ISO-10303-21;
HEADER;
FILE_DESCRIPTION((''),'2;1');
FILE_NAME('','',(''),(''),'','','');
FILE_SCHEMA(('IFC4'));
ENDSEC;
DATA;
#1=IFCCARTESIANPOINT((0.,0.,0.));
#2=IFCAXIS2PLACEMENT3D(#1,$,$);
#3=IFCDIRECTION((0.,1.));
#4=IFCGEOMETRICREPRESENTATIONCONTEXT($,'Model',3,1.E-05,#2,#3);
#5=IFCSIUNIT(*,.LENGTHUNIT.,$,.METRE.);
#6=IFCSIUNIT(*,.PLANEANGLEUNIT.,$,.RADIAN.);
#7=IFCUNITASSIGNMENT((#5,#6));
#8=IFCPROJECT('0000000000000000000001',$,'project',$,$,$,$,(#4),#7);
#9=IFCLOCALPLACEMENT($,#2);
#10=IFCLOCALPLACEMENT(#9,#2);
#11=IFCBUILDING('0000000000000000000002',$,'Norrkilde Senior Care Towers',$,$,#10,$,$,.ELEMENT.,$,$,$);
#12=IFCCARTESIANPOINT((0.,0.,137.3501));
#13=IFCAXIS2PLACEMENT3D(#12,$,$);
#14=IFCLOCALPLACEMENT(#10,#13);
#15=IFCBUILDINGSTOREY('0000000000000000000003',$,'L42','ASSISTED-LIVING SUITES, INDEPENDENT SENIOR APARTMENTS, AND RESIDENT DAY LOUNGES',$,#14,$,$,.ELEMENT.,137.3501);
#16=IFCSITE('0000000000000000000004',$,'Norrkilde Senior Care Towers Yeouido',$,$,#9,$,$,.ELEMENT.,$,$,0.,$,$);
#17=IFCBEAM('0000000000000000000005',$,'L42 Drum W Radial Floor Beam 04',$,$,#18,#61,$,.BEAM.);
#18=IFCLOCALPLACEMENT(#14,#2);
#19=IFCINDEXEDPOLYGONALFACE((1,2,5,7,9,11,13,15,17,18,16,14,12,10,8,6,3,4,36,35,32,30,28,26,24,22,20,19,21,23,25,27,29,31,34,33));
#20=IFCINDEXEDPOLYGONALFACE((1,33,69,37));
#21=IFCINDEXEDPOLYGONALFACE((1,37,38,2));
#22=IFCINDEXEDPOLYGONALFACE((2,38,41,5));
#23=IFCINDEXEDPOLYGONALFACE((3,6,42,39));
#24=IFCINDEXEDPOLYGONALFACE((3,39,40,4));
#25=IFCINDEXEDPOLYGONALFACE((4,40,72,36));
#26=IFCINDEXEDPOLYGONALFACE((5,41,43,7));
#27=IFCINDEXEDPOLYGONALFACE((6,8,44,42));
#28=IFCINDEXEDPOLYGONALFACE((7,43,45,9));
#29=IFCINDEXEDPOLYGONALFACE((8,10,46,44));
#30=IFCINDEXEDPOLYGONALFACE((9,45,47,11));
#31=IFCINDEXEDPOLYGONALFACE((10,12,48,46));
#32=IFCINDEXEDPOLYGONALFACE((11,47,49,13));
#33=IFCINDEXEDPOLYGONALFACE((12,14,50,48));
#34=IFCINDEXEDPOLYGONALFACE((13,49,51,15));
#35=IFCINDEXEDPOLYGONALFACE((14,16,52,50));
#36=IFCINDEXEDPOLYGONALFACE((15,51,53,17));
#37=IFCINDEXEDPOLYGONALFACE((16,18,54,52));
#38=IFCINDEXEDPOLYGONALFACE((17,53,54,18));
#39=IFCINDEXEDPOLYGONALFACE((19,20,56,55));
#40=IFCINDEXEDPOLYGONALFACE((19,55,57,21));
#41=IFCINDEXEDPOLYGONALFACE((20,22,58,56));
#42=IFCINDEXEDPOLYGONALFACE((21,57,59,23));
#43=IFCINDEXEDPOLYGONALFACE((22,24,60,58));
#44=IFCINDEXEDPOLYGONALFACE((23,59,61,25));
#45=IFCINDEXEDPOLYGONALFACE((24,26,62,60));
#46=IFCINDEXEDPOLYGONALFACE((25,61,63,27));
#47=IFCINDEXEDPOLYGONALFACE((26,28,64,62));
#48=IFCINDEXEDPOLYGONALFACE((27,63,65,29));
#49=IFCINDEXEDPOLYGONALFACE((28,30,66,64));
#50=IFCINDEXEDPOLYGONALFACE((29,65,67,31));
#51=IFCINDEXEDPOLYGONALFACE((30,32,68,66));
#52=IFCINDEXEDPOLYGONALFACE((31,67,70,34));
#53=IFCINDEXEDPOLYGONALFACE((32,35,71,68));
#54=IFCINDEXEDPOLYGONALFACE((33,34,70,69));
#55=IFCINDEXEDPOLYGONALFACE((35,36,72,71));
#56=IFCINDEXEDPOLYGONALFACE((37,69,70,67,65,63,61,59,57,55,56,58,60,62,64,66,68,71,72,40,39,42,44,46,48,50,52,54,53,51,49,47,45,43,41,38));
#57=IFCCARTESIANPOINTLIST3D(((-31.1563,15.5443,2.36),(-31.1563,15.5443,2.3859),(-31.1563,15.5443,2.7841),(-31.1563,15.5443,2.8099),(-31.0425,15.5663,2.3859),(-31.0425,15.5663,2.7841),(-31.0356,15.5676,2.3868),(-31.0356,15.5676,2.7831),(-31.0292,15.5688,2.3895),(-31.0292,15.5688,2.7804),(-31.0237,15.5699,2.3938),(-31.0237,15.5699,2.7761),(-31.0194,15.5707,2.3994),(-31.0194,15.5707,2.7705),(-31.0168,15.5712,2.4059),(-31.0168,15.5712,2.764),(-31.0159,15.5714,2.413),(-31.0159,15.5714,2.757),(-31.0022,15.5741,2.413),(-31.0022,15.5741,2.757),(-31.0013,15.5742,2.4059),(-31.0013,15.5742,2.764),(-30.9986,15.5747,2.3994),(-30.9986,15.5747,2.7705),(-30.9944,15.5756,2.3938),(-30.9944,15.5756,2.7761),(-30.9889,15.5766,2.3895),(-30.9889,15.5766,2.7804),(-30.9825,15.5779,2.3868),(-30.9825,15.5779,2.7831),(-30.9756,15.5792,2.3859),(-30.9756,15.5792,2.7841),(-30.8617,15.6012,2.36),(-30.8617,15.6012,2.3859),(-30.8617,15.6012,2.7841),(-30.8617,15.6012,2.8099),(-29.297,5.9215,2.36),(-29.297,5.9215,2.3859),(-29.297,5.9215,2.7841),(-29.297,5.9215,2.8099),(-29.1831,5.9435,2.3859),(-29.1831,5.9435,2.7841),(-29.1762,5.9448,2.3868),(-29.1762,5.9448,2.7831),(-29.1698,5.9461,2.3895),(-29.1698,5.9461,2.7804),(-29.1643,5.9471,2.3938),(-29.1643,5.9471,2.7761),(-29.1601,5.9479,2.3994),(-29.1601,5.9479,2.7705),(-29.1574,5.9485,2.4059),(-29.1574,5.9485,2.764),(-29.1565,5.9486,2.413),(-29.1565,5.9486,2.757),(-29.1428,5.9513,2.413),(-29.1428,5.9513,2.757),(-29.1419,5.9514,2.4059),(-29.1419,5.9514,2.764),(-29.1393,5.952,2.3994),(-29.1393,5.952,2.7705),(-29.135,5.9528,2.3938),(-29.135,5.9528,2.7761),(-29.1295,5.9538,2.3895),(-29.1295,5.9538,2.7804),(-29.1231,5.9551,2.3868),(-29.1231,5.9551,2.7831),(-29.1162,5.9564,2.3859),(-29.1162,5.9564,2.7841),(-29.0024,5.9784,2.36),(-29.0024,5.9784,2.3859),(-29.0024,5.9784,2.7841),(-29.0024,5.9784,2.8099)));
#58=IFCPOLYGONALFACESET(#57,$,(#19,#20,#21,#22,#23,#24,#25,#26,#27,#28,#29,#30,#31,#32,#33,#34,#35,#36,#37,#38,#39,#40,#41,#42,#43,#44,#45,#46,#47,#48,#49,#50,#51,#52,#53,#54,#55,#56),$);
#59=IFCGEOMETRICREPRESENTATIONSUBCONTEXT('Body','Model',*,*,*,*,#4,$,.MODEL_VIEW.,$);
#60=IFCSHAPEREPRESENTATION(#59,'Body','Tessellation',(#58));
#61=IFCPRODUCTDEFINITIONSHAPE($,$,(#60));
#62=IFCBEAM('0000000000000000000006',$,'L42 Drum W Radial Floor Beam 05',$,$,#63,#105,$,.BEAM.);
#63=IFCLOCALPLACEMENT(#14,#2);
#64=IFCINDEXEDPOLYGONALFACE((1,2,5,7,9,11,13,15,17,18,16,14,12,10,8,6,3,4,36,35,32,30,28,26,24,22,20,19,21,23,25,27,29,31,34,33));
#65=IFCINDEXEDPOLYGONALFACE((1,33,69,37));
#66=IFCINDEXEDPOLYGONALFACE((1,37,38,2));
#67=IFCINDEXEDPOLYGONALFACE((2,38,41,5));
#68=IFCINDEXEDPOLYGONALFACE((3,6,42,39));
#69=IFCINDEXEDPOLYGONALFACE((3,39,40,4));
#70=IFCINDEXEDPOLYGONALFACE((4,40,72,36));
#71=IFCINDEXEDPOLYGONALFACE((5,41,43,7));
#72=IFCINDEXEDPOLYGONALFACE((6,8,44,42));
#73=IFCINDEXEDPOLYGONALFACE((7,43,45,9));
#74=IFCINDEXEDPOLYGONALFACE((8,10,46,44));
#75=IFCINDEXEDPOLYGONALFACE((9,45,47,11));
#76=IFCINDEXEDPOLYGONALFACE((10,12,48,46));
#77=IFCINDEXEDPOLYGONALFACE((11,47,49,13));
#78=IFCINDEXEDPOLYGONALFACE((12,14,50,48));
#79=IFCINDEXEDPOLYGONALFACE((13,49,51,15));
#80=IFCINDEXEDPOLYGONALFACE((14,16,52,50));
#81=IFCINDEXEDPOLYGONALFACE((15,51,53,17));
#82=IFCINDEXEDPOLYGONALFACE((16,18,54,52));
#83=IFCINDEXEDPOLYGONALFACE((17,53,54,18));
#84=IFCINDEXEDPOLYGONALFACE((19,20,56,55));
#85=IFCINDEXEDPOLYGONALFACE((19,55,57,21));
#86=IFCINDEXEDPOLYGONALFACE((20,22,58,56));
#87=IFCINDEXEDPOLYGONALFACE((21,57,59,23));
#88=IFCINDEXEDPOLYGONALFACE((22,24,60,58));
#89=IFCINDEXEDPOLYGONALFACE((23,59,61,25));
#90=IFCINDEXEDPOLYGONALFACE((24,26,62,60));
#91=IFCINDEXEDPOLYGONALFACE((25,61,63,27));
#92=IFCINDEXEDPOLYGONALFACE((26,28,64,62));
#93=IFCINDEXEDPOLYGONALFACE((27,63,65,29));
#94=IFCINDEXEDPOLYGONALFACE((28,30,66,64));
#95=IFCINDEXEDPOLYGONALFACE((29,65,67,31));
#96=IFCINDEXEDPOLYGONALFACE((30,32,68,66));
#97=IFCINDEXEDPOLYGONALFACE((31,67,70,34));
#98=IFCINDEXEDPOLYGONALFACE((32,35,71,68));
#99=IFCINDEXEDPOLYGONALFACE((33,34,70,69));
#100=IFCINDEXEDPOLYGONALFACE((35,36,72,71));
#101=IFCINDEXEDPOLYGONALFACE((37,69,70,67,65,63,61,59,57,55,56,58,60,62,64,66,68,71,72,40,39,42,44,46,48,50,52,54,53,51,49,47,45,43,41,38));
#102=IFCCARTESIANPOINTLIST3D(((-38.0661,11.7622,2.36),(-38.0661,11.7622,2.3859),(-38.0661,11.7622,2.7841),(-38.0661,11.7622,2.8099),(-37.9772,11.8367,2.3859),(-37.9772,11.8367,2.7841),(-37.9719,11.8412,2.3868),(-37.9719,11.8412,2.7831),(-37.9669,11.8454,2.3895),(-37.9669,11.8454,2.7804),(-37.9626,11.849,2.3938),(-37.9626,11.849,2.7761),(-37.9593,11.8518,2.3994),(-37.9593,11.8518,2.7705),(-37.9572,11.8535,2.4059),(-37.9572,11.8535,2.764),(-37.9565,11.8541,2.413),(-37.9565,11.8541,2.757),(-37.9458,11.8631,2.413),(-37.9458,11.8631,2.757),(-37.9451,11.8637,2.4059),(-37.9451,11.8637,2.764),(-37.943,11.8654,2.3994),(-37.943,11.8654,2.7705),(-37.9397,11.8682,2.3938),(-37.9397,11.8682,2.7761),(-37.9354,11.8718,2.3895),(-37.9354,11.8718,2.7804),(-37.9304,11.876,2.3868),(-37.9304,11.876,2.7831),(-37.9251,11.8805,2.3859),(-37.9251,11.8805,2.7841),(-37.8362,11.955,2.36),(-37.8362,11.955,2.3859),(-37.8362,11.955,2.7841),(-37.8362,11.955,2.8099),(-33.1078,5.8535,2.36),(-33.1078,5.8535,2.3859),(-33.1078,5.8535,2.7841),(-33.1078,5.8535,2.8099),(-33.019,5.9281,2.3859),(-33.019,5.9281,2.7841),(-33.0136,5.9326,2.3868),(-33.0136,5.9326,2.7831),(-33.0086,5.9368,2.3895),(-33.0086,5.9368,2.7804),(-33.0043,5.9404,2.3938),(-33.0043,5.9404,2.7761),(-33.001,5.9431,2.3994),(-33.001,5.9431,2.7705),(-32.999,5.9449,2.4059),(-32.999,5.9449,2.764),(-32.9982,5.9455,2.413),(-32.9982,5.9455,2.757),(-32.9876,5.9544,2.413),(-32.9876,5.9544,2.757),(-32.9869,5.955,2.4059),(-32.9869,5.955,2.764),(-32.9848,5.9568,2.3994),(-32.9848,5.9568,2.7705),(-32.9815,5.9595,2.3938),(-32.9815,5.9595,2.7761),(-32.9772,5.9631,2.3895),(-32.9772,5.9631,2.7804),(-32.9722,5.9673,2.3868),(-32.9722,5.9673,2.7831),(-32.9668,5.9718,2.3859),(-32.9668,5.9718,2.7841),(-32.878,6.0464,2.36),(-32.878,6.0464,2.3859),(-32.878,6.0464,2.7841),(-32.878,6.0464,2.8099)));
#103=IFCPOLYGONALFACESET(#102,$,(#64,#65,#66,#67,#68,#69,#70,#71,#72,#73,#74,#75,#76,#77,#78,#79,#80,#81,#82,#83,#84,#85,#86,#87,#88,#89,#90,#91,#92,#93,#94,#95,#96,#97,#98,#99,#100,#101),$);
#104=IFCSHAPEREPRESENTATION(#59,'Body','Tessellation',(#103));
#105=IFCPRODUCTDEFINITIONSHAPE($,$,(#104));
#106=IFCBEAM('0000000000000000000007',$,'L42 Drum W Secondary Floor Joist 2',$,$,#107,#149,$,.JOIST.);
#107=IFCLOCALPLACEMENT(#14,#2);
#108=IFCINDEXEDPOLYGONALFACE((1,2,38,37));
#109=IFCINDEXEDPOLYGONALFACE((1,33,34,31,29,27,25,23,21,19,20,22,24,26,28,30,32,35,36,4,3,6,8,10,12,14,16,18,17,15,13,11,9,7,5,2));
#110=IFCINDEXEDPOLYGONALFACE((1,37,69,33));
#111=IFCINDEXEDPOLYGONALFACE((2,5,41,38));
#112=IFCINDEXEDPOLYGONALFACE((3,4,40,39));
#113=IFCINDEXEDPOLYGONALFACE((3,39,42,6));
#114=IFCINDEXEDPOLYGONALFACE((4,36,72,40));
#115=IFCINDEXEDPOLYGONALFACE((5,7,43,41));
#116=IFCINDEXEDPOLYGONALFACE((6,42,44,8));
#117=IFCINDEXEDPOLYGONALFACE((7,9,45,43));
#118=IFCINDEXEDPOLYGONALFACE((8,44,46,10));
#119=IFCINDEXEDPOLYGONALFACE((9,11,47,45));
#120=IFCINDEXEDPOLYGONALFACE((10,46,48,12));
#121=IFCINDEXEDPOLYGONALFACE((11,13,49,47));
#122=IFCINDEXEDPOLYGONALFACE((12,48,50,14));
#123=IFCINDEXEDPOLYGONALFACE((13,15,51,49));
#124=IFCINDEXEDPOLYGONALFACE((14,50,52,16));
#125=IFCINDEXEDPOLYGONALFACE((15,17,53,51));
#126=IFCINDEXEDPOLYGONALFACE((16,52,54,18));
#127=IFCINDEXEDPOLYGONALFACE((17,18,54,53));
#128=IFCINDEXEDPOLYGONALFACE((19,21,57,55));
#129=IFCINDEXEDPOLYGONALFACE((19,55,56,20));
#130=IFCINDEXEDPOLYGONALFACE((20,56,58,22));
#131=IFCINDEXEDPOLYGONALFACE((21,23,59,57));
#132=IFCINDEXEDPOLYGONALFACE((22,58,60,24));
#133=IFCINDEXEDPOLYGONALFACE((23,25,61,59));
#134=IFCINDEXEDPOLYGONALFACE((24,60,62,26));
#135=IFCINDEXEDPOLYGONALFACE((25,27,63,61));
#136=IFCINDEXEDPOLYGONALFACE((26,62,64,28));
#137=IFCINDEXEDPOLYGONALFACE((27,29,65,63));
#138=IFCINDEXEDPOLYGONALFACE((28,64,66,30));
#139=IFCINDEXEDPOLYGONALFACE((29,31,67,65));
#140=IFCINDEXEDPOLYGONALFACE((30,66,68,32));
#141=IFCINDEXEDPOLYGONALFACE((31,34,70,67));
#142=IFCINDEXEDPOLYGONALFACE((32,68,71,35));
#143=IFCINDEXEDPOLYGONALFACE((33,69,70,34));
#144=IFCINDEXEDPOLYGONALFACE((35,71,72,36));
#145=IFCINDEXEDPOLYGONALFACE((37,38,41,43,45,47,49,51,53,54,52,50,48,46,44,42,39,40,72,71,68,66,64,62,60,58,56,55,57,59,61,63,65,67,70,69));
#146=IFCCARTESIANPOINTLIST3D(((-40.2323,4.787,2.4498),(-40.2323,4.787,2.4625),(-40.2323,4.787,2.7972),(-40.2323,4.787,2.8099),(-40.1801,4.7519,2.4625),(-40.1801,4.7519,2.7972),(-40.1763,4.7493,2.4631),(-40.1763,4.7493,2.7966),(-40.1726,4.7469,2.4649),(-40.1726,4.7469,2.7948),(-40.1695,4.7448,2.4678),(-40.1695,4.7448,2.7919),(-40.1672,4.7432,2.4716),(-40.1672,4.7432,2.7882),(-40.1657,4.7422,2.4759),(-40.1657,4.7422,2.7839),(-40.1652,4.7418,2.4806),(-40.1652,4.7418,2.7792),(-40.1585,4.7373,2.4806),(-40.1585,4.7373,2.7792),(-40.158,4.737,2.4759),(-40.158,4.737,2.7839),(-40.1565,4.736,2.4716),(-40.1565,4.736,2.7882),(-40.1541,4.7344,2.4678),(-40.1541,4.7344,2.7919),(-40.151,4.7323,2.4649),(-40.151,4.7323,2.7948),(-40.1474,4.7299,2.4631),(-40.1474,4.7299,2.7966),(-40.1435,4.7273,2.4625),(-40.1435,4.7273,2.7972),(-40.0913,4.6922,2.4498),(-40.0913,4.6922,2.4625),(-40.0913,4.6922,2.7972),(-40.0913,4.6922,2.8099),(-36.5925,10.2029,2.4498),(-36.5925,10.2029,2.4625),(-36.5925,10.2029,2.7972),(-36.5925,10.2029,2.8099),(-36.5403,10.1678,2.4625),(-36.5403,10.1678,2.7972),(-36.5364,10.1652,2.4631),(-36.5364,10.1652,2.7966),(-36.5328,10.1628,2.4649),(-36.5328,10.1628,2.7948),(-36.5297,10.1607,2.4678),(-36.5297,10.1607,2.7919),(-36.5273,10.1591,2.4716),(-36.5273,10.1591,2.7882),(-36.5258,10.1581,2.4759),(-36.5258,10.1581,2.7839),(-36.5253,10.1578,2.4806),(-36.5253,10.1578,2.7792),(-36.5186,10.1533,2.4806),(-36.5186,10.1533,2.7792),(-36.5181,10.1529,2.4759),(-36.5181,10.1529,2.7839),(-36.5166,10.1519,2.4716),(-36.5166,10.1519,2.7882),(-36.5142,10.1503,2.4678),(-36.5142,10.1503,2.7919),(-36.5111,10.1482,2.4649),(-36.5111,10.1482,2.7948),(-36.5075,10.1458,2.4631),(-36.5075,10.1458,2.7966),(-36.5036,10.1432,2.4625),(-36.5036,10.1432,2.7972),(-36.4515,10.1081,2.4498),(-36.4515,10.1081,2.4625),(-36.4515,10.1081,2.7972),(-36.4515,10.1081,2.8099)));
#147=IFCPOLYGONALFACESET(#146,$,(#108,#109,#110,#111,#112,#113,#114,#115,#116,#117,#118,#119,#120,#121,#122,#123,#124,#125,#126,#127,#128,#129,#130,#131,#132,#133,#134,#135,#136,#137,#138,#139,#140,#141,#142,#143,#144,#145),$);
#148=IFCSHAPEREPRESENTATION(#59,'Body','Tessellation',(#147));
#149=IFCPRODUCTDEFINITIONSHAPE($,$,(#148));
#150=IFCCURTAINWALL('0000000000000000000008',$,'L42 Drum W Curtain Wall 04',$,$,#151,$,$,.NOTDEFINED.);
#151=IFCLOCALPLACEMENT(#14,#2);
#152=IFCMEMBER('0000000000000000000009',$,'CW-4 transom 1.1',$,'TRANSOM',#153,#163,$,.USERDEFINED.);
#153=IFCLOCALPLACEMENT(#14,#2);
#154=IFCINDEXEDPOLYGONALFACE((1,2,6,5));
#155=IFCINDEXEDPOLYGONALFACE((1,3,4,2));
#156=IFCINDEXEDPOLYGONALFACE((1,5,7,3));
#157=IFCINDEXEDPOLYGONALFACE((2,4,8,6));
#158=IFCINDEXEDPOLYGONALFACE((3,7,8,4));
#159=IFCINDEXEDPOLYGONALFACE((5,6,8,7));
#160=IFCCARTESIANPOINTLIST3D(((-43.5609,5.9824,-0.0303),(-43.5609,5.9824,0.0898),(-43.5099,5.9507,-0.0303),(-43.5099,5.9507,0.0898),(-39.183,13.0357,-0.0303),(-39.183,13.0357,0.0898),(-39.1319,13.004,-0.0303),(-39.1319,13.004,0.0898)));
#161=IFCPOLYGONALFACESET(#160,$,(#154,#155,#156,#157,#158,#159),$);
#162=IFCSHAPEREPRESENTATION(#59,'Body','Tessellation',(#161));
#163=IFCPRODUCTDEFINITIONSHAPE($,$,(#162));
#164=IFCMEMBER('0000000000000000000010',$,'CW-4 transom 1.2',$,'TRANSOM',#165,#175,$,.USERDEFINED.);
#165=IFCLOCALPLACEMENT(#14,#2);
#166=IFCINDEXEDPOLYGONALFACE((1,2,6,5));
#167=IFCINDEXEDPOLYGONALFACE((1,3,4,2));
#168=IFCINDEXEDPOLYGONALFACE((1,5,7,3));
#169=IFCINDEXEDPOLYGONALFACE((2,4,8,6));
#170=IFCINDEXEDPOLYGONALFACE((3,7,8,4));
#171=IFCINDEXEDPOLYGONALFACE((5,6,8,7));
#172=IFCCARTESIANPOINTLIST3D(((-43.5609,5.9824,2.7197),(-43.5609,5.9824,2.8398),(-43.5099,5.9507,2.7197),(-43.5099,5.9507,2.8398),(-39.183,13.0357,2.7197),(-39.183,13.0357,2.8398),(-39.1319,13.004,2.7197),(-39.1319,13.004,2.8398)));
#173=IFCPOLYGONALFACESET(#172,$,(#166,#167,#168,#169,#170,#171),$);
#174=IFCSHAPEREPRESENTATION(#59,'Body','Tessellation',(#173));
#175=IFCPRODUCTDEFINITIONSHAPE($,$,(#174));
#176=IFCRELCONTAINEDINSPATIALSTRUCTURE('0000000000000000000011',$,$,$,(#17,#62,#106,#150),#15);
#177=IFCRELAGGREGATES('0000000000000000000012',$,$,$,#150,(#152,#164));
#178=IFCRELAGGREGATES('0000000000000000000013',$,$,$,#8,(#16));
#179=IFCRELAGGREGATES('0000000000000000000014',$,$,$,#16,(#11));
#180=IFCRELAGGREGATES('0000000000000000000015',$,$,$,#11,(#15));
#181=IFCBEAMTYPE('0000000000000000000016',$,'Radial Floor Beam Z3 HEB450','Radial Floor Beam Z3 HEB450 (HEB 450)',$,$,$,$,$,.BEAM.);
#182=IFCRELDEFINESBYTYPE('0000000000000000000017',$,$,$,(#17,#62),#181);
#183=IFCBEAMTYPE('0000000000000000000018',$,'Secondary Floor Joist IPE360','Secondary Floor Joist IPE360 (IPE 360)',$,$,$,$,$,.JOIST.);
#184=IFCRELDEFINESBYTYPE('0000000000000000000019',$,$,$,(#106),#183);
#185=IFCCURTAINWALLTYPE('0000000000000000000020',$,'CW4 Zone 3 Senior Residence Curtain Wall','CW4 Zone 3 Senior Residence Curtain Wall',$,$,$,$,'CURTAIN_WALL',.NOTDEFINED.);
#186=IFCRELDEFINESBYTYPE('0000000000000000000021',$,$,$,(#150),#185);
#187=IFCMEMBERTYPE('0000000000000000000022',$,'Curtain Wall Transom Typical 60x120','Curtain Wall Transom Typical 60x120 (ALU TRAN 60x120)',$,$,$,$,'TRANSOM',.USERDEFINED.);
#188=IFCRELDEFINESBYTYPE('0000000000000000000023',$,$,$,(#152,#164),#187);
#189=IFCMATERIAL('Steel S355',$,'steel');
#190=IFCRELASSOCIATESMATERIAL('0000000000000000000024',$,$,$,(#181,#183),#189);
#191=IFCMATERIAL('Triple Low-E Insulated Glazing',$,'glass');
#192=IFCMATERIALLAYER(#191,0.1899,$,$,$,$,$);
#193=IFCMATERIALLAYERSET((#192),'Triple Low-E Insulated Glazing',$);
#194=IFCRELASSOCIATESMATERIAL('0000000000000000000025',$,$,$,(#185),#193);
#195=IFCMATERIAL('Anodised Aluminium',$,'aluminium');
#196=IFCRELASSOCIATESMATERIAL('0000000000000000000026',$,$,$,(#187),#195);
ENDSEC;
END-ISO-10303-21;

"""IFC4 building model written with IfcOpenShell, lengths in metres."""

from ifc_helpers import new_model, si_unit, direction, frame, origin, origin_2d, place, context, subcontext, project, spatial, rectangle, i_section, extrude, source, transform, mapped, material, layer, layer_set, material_profile, profile_set, type_object, type_shapes, element, aggregate, save


model = new_model("IFC4")

# Units and contexts
model_context = context("Model", 3, precision=1e-05, world=origin(), true_north=direction((0.0, 1.0)))
body_context = subcontext(model_context, "Body", "Model", "MODEL_VIEW")
ifc_project = project(units=[si_unit("LENGTHUNIT", "METRE"), si_unit("PLANEANGLEUNIT", "RADIAN")], contexts=[model_context])

# Site, building, storey
site_placement = place(None, origin())
site = spatial("IfcSite", under=ifc_project, at=site_placement, Name="Norrkilde Senior Care Towers Yeouido", CompositionType="ELEMENT", RefElevation=0.0)
building_placement = place(site_placement, origin())
building = spatial("IfcBuilding", under=site, at=building_placement, Name="Norrkilde Senior Care Towers", CompositionType="ELEMENT")
storey_placement = place(building_placement, frame((0.0, 0.0, 137.3501)))
storey = spatial("IfcBuildingStorey", under=building, at=storey_placement, Name="L42", Description="ASSISTED-LIVING SUITES, INDEPENDENT SENIOR APARTMENTS, AND RESIDENT DAY LOUNGES", CompositionType="ELEMENT", Elevation=137.3501)

# Beams
ifc_material_1 = material(Name="Steel S355", Category="steel")
ifc_material_profile_1 = material_profile(ifc_material_1, i_section(OverallWidth=0.3, OverallDepth=0.45, WebThickness=0.0139, FlangeThickness=0.0259, FilletRadius=0.0271, at=origin_2d()), Name="HEB 450")
ifc_profile_set_1 = profile_set([ifc_material_profile_1], Name="Steel S355")
beam_type_1 = type_object("IfcBeamType", Name="Radial Floor Beam Z3 HEB450", Description="Radial Floor Beam Z3 HEB450 (HEB 450)", PredefinedType="BEAM", material=ifc_profile_set_1)
shared_shape_1 = source(origin(), body_context, "Body", "SweptSolid", [
    extrude(i_section(OverallWidth=0.3, OverallDepth=0.45, WebThickness=0.0139, FlangeThickness=0.0259, FilletRadius=0.0271, at=origin_2d()), origin(), (0.0, 0.0, 1.0), 9.8008),
])
beam_1_placement = place(storey_placement, frame((-29.1497, 5.95, 2.585), z_axis=(-0.189717, 0.981839, 0.0), x_axis=(-0.981839, -0.189717, 0.0)))
element("IfcBeam", 1, at=beam_1_placement, inside=storey, type_object=beam_type_1, Name="L42 Drum W Radial Floor Beam 04", PredefinedType="BEAM", context=body_context, shape_type="MappedRepresentation", body=[
    mapped(shared_shape_1, transform((0.0, 0.0, 0.0), x_axis=(1.0, 0.0, 0.0), y_axis=(0.0, 1.0, 0.0), z_axis=(0.0, 0.0, 1.0), scale=1.0)),
])
shared_shape_2 = source(origin(), body_context, "Body", "SweptSolid", [
    extrude(i_section(OverallWidth=0.3, OverallDepth=0.45, WebThickness=0.0139, FlangeThickness=0.0259, FilletRadius=0.0271, at=origin_2d()), origin(), (0.0, 0.0, 1.0), 7.7134),
])
type_shapes(beam_type_1, [shared_shape_1, shared_shape_2])
beam_2_placement = place(storey_placement, frame((-32.9929, 5.95, 2.585), z_axis=(-0.642808, 0.766027, 0.0), x_axis=(-0.766027, -0.642808, 0.0)))
element("IfcBeam", 2, at=beam_2_placement, inside=storey, type_object=beam_type_1, Name="L42 Drum W Radial Floor Beam 05", PredefinedType="BEAM", context=body_context, shape_type="MappedRepresentation", body=[
    mapped(shared_shape_2, transform((0.0, 0.0, 0.0), x_axis=(1.0, 0.0, 0.0), y_axis=(0.0, 1.0, 0.0), z_axis=(0.0, 0.0, 1.0), scale=1.0)),
])
ifc_material_profile_2 = material_profile(ifc_material_1, i_section(OverallWidth=0.1699, OverallDepth=0.3601, WebThickness=0.0081, FlangeThickness=0.0127, FilletRadius=0.0181, at=origin_2d()), Name="IPE 360")
ifc_profile_set_2 = profile_set([ifc_material_profile_2], Name="Steel S355")
beam_type_2 = type_object("IfcBeamType", Name="Secondary Floor Joist IPE360", Description="Secondary Floor Joist IPE360 (IPE 360)", PredefinedType="JOIST", material=ifc_profile_set_2)
shared_shape_3 = source(origin(), body_context, "Body", "SweptSolid", [
    extrude(i_section(OverallWidth=0.1699, OverallDepth=0.3601, WebThickness=0.0081, FlangeThickness=0.0127, FilletRadius=0.0181, at=origin_2d()), origin(), (0.0, 0.0, 1.0), 6.5254),
])
type_shapes(beam_type_2, [shared_shape_3])
beam_3_placement = place(storey_placement, frame((-36.522, 10.1555, 2.6299), z_axis=(-0.557796, -0.829978, 0.0), x_axis=(0.829978, -0.557796, 0.0)))
element("IfcBeam", 3, at=beam_3_placement, inside=storey, type_object=beam_type_2, Name="L42 Drum W Secondary Floor Joist 2", PredefinedType="JOIST", context=body_context, shape_type="MappedRepresentation", body=[
    mapped(shared_shape_3, transform((0.0, 0.0, 0.0), x_axis=(1.0, 0.0, 0.0), y_axis=(0.0, 1.0, 0.0), z_axis=(0.0, 0.0, 1.0), scale=1.0)),
])

# Curtain wall, members
ifc_material_2 = material(Name="Triple Low-E Insulated Glazing", Category="glass")
ifc_layer_1 = layer(ifc_material_2, 0.1899)
ifc_layer_set_1 = layer_set([ifc_layer_1], Name="Triple Low-E Insulated Glazing")
curtain_wall_type = type_object("IfcCurtainWallType", Name="CW4 Zone 3 Senior Residence Curtain Wall", Description="CW4 Zone 3 Senior Residence Curtain Wall", ElementType="CURTAIN_WALL", PredefinedType="NOTDEFINED", material=ifc_layer_set_1)
curtain_wall_1_placement = place(storey_placement, origin())
curtain_wall_1 = element("IfcCurtainWall", 4, at=curtain_wall_1_placement, inside=storey, type_object=curtain_wall_type, Name="L42 Drum W Curtain Wall 04", PredefinedType="NOTDEFINED")
ifc_material_3 = material(Name="Anodised Aluminium", Category="aluminium")
ifc_material_profile_3 = material_profile(ifc_material_3, rectangle(XDim=0.0601, YDim=0.1201, at=origin_2d()), Name="ALU TRAN 60x120")
ifc_profile_set_3 = profile_set([ifc_material_profile_3], Name="Anodised Aluminium")
member_type_1 = type_object("IfcMemberType", Name="Curtain Wall Transom Typical 60x120", Description="Curtain Wall Transom Typical 60x120 (ALU TRAN 60x120)", ElementType="TRANSOM", PredefinedType="USERDEFINED", material=ifc_profile_set_3)
shared_shape_4 = source(origin(), body_context, "Body", "SweptSolid", [
    extrude(rectangle(XDim=0.0601, YDim=0.1201, at=origin_2d()), origin(), (0.0, 0.0, 1.0), 8.3015),
])
member_1_placement = place(storey_placement, frame((-43.5354, 5.9666, 0.0298), z_axis=(0.527369, 0.849637, 0.0), x_axis=(-0.849637, 0.527369, 0.0)))
member_1 = element("IfcMember", 5, at=member_1_placement, type_object=member_type_1, Name="CW-4 transom 1.1", ObjectType="TRANSOM", PredefinedType="USERDEFINED", context=body_context, shape_type="MappedRepresentation", body=[
    mapped(shared_shape_4, transform((0.0, 0.0, 0.0), x_axis=(1.0, 0.0, 0.0), y_axis=(0.0, 1.0, 0.0), z_axis=(0.0, 0.0, 1.0), scale=1.0)),
])
member_2_placement = place(storey_placement, frame((-43.5354, 5.9666, 2.7798), z_axis=(0.527369, 0.849637, 0.0), x_axis=(-0.849637, 0.527369, 0.0)))
member_2 = element("IfcMember", 6, at=member_2_placement, type_object=member_type_1, Name="CW-4 transom 1.2", ObjectType="TRANSOM", PredefinedType="USERDEFINED", context=body_context, shape_type="MappedRepresentation", body=[
    mapped(shared_shape_4, transform((0.0, 0.0, 0.0), x_axis=(1.0, 0.0, 0.0), y_axis=(0.0, 1.0, 0.0), z_axis=(0.0, 0.0, 1.0), scale=1.0)),
])

aggregate(curtain_wall_1, [member_1, member_2])

save(model, "model.ifc")
